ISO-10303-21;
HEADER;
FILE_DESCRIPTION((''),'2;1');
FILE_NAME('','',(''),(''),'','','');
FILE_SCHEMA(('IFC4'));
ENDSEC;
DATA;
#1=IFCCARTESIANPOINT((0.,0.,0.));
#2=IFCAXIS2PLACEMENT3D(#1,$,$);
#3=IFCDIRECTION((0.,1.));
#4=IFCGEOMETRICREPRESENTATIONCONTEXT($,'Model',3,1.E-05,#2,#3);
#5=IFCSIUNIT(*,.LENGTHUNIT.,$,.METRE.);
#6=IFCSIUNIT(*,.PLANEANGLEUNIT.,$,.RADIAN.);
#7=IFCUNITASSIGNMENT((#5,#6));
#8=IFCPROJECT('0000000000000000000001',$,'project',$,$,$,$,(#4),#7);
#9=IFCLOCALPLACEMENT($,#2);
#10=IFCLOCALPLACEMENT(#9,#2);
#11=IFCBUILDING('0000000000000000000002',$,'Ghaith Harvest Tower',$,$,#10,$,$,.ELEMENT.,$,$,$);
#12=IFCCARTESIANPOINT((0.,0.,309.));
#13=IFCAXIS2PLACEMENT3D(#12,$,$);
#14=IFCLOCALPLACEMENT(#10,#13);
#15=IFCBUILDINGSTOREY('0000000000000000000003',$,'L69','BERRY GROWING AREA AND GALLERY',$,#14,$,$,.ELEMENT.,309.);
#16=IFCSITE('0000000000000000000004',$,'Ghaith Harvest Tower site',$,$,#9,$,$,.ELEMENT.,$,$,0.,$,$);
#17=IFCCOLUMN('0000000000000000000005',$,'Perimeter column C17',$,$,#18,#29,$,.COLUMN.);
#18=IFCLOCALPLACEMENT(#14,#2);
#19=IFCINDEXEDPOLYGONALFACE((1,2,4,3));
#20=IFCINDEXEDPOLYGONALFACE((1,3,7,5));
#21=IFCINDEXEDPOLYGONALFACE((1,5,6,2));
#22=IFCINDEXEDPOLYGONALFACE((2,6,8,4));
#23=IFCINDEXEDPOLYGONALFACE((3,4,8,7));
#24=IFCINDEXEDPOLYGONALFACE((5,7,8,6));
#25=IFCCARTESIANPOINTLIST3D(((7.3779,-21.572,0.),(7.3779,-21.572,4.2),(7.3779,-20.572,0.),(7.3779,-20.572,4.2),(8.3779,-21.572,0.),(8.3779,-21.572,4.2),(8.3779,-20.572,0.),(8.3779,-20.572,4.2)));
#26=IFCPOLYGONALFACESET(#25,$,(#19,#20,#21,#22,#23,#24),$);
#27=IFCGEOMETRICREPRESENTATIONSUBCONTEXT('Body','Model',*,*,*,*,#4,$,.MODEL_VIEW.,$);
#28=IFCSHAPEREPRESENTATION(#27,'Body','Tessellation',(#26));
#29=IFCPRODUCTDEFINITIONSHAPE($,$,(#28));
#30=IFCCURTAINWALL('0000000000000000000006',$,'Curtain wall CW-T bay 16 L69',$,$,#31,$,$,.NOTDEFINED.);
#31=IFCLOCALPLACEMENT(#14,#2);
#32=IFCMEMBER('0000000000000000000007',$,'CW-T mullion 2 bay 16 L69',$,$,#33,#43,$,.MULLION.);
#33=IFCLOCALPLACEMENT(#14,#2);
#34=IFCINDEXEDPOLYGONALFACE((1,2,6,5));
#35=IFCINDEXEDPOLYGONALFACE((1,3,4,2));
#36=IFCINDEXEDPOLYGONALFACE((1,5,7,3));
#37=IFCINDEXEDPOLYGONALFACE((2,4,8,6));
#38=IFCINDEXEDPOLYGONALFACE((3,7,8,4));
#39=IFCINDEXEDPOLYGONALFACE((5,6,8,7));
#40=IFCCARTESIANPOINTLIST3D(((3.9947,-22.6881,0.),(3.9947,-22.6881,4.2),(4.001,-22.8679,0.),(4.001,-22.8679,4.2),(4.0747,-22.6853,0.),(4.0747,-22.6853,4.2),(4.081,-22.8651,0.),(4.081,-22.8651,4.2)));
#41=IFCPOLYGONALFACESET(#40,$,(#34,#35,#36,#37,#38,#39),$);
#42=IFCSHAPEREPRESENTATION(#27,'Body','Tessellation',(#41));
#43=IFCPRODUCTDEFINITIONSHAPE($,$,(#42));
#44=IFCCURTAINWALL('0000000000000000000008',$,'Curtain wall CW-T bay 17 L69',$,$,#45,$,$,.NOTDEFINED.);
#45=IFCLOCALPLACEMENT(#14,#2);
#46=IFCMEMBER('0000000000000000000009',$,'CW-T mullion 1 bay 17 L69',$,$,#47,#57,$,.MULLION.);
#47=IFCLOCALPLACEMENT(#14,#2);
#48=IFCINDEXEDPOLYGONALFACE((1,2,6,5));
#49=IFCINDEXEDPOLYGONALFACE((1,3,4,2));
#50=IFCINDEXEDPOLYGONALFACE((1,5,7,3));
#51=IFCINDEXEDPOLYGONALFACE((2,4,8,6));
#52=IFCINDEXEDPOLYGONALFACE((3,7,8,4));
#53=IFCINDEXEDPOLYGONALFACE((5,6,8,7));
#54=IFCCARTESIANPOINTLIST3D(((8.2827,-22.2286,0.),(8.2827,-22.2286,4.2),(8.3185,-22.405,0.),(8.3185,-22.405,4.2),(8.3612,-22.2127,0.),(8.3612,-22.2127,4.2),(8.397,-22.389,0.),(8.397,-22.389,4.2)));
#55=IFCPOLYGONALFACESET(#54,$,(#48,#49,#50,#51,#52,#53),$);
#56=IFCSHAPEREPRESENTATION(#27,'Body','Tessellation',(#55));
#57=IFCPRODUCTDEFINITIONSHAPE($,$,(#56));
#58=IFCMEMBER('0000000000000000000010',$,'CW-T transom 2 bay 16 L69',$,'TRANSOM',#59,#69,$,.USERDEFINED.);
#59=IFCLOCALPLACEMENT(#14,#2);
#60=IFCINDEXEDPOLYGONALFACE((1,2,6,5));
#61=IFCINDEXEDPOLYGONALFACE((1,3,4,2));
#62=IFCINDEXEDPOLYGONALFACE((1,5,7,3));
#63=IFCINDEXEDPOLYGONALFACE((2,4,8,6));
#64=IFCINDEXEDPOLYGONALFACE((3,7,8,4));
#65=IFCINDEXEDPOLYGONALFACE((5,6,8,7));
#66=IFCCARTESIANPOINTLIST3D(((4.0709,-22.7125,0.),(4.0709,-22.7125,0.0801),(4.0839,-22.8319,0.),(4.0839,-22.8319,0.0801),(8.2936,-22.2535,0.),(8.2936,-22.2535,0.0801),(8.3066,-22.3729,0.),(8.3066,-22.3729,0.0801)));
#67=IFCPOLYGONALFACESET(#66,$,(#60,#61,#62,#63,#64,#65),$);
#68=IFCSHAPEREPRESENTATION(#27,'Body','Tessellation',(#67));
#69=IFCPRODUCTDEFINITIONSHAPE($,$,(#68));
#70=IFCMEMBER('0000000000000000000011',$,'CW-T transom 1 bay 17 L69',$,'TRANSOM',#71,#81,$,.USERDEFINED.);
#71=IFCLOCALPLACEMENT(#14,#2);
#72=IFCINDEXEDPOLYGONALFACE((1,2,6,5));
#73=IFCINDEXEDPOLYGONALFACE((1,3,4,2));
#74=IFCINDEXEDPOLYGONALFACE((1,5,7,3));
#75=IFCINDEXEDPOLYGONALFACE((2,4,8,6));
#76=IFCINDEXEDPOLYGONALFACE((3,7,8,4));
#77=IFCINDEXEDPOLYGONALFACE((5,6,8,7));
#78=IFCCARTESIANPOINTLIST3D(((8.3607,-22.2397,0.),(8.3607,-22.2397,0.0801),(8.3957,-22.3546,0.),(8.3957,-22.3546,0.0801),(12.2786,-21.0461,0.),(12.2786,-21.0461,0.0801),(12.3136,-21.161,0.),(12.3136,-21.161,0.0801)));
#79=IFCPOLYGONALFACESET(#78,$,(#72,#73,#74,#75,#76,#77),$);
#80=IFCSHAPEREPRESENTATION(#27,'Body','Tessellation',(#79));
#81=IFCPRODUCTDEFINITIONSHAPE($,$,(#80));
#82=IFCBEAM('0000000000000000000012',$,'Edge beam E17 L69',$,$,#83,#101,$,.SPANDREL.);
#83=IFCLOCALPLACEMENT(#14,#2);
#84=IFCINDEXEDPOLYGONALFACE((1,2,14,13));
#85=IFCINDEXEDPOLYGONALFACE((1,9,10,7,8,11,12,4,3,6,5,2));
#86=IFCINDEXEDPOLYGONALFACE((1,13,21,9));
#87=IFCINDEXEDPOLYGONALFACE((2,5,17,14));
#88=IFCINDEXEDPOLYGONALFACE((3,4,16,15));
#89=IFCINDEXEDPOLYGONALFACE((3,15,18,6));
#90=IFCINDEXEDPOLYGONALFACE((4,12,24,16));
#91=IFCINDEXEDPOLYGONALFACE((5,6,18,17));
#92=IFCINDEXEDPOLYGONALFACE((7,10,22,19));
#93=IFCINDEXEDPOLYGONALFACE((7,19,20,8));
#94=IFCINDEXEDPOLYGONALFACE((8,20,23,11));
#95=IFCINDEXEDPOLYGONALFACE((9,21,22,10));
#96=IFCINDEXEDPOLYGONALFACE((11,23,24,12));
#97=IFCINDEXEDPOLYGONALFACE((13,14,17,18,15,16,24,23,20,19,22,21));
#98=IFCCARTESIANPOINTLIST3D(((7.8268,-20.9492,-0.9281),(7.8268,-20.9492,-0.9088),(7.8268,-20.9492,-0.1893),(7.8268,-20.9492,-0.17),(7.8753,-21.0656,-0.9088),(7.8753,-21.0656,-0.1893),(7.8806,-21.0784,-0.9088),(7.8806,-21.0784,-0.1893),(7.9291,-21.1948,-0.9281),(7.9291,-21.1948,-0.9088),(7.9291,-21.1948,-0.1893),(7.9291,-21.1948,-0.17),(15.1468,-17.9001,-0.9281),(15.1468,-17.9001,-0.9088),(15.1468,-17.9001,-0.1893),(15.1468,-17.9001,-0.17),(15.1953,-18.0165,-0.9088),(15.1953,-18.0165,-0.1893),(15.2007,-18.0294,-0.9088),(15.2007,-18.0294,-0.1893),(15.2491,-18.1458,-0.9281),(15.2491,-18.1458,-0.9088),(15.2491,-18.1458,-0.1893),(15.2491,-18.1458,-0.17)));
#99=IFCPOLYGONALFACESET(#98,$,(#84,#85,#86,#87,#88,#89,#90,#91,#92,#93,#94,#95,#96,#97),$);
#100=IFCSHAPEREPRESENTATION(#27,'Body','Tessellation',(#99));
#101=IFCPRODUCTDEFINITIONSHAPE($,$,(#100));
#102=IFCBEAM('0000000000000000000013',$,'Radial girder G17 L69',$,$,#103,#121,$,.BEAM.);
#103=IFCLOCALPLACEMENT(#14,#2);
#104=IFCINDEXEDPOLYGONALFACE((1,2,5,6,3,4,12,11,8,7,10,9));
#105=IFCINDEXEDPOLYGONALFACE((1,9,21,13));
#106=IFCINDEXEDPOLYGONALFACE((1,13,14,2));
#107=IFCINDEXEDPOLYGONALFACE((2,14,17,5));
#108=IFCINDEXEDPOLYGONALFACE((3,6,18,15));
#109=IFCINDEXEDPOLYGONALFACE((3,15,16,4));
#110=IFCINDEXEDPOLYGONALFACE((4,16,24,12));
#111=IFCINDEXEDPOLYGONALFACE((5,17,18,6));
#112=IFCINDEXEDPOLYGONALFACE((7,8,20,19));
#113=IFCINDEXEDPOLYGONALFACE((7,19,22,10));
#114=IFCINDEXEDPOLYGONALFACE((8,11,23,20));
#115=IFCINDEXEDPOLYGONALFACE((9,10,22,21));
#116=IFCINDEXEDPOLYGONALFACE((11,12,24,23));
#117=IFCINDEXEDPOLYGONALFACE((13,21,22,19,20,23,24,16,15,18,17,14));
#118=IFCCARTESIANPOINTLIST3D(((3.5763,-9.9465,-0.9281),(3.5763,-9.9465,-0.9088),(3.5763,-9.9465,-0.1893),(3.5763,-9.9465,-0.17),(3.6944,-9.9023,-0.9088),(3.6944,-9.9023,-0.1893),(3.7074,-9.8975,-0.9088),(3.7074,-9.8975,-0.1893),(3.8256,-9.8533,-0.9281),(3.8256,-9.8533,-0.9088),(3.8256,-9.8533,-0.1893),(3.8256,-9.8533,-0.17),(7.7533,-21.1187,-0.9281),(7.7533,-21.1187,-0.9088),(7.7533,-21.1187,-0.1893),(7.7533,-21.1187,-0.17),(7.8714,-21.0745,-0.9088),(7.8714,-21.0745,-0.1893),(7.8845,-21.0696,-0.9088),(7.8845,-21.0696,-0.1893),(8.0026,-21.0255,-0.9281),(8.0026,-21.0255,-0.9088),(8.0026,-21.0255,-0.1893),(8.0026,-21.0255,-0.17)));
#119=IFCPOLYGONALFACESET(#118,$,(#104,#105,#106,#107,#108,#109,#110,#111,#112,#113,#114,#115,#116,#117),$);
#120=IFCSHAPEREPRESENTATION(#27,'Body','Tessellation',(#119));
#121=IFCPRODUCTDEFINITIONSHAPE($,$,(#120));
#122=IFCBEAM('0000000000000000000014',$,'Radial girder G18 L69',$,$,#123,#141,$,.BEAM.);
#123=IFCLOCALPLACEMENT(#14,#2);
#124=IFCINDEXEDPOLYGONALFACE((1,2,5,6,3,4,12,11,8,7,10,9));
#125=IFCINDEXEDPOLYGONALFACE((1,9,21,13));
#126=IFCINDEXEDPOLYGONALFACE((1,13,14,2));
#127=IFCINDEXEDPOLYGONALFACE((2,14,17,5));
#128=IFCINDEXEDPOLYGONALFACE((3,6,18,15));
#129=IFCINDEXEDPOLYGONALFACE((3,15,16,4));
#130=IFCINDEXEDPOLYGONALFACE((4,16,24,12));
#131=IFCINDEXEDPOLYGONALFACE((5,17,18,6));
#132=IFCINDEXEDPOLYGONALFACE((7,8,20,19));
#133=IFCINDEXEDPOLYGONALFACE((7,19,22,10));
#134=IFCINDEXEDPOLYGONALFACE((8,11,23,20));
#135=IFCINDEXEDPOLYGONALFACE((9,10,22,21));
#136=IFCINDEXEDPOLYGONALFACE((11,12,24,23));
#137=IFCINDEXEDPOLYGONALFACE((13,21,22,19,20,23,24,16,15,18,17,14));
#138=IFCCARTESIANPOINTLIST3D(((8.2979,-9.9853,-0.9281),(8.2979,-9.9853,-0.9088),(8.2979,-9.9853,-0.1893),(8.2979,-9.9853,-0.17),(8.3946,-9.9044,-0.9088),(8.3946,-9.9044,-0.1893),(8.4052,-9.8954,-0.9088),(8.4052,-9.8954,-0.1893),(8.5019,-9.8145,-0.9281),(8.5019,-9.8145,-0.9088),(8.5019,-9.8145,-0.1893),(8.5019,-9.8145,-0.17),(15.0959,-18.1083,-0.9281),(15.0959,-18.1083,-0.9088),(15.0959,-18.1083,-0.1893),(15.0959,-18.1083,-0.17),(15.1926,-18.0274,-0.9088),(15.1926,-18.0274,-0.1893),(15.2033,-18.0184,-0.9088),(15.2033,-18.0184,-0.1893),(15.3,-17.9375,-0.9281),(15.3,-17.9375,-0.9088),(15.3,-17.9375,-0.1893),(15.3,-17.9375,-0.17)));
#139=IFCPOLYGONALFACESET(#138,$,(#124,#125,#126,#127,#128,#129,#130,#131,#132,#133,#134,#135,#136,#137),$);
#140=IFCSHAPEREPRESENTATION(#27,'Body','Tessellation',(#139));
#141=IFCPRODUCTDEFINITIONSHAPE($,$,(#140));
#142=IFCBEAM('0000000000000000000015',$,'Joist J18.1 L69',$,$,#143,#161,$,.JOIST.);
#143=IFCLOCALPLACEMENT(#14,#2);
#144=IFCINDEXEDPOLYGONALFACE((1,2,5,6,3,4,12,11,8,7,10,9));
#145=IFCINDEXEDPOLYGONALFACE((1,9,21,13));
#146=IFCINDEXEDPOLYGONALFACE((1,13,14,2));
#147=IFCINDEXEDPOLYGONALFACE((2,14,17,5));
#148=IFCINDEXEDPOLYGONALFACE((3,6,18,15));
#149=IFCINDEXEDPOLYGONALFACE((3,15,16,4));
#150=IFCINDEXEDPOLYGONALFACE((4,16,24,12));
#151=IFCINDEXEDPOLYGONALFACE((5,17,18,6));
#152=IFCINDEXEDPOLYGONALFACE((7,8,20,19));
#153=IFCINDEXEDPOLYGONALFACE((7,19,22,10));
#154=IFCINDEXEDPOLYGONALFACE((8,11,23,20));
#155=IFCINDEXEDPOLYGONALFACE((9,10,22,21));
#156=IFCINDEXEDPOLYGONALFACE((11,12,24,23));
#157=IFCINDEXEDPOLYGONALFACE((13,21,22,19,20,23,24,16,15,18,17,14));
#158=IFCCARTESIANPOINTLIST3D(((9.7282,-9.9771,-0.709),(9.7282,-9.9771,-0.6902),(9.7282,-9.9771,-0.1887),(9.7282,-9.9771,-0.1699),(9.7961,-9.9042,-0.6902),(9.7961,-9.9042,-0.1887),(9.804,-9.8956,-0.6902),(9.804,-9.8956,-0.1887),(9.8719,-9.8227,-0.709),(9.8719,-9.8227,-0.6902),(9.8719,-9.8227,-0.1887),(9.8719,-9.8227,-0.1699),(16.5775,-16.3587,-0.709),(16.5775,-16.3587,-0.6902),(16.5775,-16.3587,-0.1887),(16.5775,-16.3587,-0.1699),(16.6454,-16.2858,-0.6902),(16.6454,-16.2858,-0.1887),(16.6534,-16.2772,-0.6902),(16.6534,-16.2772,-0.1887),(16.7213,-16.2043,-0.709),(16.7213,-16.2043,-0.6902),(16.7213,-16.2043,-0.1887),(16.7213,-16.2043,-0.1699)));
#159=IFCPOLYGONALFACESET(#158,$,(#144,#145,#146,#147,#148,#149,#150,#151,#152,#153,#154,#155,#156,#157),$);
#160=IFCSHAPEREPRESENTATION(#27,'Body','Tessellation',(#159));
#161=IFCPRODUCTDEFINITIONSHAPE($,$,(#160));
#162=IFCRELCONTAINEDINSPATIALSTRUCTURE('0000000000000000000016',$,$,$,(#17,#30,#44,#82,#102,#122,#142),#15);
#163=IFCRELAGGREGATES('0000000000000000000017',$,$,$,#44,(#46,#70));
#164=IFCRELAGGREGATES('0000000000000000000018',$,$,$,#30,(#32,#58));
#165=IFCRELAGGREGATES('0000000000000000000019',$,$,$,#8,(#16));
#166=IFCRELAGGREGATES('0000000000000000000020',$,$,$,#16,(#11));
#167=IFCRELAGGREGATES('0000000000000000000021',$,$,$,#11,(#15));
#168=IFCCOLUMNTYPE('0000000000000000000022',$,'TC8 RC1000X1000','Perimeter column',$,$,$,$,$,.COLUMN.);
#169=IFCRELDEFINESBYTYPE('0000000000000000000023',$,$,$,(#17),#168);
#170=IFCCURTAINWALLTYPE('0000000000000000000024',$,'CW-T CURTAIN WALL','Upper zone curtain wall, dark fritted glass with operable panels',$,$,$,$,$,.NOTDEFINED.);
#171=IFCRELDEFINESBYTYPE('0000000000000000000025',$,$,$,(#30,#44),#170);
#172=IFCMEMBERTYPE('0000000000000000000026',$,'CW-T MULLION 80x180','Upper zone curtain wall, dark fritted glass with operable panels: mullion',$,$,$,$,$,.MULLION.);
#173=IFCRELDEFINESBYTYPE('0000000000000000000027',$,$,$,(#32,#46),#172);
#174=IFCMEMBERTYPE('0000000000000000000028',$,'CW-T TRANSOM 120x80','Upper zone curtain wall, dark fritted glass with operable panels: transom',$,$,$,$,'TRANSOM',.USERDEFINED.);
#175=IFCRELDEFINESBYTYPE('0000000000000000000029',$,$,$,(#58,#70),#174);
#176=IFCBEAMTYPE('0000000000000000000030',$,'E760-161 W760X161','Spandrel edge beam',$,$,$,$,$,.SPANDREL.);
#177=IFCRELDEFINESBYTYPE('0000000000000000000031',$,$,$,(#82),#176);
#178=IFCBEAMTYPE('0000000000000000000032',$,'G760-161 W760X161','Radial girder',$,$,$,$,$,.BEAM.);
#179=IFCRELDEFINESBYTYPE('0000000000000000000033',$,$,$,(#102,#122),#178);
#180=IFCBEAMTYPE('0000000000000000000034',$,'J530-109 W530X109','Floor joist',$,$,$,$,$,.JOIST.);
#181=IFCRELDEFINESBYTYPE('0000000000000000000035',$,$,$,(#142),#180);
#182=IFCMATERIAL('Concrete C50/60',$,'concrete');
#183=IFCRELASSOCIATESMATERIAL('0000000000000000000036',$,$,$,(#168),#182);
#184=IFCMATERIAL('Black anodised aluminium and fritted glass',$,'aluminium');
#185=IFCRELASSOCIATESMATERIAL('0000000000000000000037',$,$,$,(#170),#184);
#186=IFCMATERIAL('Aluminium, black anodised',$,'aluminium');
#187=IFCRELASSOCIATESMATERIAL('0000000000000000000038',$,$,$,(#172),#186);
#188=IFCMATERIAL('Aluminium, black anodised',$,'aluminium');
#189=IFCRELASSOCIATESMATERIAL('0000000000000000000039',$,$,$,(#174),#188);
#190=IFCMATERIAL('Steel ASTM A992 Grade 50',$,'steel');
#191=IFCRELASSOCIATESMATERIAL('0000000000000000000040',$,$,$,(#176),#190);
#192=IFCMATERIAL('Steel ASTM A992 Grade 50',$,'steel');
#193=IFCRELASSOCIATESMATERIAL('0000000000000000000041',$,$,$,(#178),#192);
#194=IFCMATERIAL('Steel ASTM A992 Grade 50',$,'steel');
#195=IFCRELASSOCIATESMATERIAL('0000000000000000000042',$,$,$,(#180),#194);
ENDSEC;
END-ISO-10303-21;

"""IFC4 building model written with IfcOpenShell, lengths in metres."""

from ifc_helpers import new_model, si_unit, direction, frame, origin, origin_2d, place, context, subcontext, project, spatial, rectangle, i_section, extrude, material, material_profile, profile_set, type_object, element, aggregate, save


model = new_model("IFC4")

# Units and contexts
model_context = context("Model", 3, precision=1e-05, world=origin(), true_north=direction((0.0, 1.0)))
body_context = subcontext(model_context, "Body", "Model", "MODEL_VIEW")
ifc_project = project(units=[si_unit("LENGTHUNIT", "METRE"), si_unit("PLANEANGLEUNIT", "RADIAN")], contexts=[model_context])

# Site, building, storey
site_placement = place(None, origin())
site = spatial("IfcSite", under=ifc_project, at=site_placement, Name="Ghaith Harvest Tower site", CompositionType="ELEMENT", RefElevation=0.0)
building_placement = place(site_placement, origin())
building = spatial("IfcBuilding", under=site, at=building_placement, Name="Ghaith Harvest Tower", CompositionType="ELEMENT")
storey_placement = place(building_placement, frame((0.0, 0.0, 309.0)))
storey = spatial("IfcBuildingStorey", under=building, at=storey_placement, Name="L69", Description="BERRY GROWING AREA AND GALLERY", CompositionType="ELEMENT", Elevation=309.0)

# Column
ifc_material_1 = material(Name="Concrete C50/60", Category="concrete")
ifc_material_profile_1 = material_profile(ifc_material_1, rectangle(XDim=1.0, YDim=1.0, at=origin_2d()), Name="RC1000X1000")
ifc_profile_set_1 = profile_set([ifc_material_profile_1], Name="Concrete C50/60")
column_type = type_object("IfcColumnType", Name="TC8 RC1000X1000", Description="Perimeter column", PredefinedType="COLUMN", material=ifc_profile_set_1)
column_placement = place(storey_placement, frame((7.8779, -21.072, 0.0), z_axis=(0.0, 0.0, 1.0), x_axis=(1.0, 0.0, 0.0)))
element("IfcColumn", 1, at=column_placement, inside=storey, type_object=column_type, Name="Perimeter column C17", PredefinedType="COLUMN", context=body_context, shape_type="SweptSolid", body=[
    extrude(rectangle(XDim=1.0, YDim=1.0, at=origin_2d()), origin(), (0.0, 0.0, 1.0), 4.2),
])

# Curtain walls, members
ifc_material_2 = material(Name="Black anodised aluminium and fritted glass", Category="aluminium")
curtain_wall_type = type_object("IfcCurtainWallType", Name="CW-T CURTAIN WALL", Description="Upper zone curtain wall, dark fritted glass with operable panels", PredefinedType="NOTDEFINED", material=ifc_material_2)
curtain_wall_1_placement = place(storey_placement, origin())
curtain_wall_1 = element("IfcCurtainWall", 2, at=curtain_wall_1_placement, inside=storey, type_object=curtain_wall_type, Name="Curtain wall CW-T bay 16 L69", PredefinedType="NOTDEFINED")
ifc_material_3 = material(Name="Aluminium, black anodised", Category="aluminium")
ifc_material_profile_2 = material_profile(ifc_material_3, rectangle(XDim=0.0801, YDim=0.1799, at=origin_2d()), Name="CW-T MULLION 80x180")
ifc_profile_set_2 = profile_set([ifc_material_profile_2], Name="Aluminium, black anodised")
member_type_1 = type_object("IfcMemberType", Name="CW-T MULLION 80x180", Description="Upper zone curtain wall, dark fritted glass with operable panels: mullion", PredefinedType="MULLION", material=ifc_profile_set_2)
member_1_placement = place(storey_placement, frame((4.0378, -22.7766, 0.0), z_axis=(0.0, 0.0, 1.0), x_axis=(0.999389, 0.034962, 0.0)))
member_1 = element("IfcMember", 3, at=member_1_placement, type_object=member_type_1, Name="CW-T mullion 2 bay 16 L69", PredefinedType="MULLION", context=body_context, shape_type="SweptSolid", body=[
    extrude(rectangle(XDim=0.0801, YDim=0.1799, at=origin_2d()), origin(), (0.0, 0.0, 1.0), 4.2),
])
curtain_wall_2_placement = place(storey_placement, origin())
curtain_wall_2 = element("IfcCurtainWall", 4, at=curtain_wall_2_placement, inside=storey, type_object=curtain_wall_type, Name="Curtain wall CW-T bay 17 L69", PredefinedType="NOTDEFINED")
member_2_placement = place(storey_placement, frame((8.3398, -22.3088, 0.0), z_axis=(0.0, 0.0, 1.0), x_axis=(0.98, 0.198997, 0.0)))
member_2 = element("IfcMember", 5, at=member_2_placement, type_object=member_type_1, Name="CW-T mullion 1 bay 17 L69", PredefinedType="MULLION", context=body_context, shape_type="SweptSolid", body=[
    extrude(rectangle(XDim=0.0801, YDim=0.1799, at=origin_2d()), origin(), (0.0, 0.0, 1.0), 4.2),
])

# Members
ifc_material_4 = material(Name="Aluminium, black anodised", Category="aluminium")
ifc_material_profile_3 = material_profile(ifc_material_4, rectangle(XDim=0.1201, YDim=0.0801, at=origin_2d()), Name="CW-T TRANSOM 120x80")
ifc_profile_set_3 = profile_set([ifc_material_profile_3], Name="Aluminium, black anodised")
member_type_2 = type_object("IfcMemberType", Name="CW-T TRANSOM 120x80", Description="Upper zone curtain wall, dark fritted glass with operable panels: transom", ElementType="TRANSOM", PredefinedType="USERDEFINED", material=ifc_profile_set_3)
member_3_placement = place(storey_placement, frame((4.0774, -22.7722, 0.04), z_axis=(0.994144, 0.108059, 0.0), x_axis=(-0.108059, 0.994144, 0.0)))
member_3 = element("IfcMember", 6, at=member_3_placement, type_object=member_type_2, Name="CW-T transom 2 bay 16 L69", ObjectType="TRANSOM", PredefinedType="USERDEFINED", context=body_context, shape_type="SweptSolid", body=[
    extrude(rectangle(XDim=0.1201, YDim=0.0801, at=origin_2d()), origin(), (0.0, 0.0, 1.0), 4.2476),
])
member_4_placement = place(storey_placement, frame((8.3782, -22.2971, 0.04), z_axis=(0.956594, 0.291425, 0.0), x_axis=(-0.291425, 0.956594, 0.0)))
member_4 = element("IfcMember", 7, at=member_4_placement, type_object=member_type_2, Name="CW-T transom 1 bay 17 L69", ObjectType="TRANSOM", PredefinedType="USERDEFINED", context=body_context, shape_type="SweptSolid", body=[
    extrude(rectangle(XDim=0.1201, YDim=0.0801, at=origin_2d()), origin(), (0.0, 0.0, 1.0), 4.0957),
])
aggregate(curtain_wall_2, [member_2, member_4])

# Beams
ifc_material_5 = material(Name="Steel ASTM A992 Grade 50", Category="steel")
ifc_material_profile_4 = material_profile(ifc_material_5, i_section(OverallWidth=0.2661, OverallDepth=0.7581, WebThickness=0.0139, FlangeThickness=0.0193, at=origin_2d()), Name="W760X161")
ifc_profile_set_4 = profile_set([ifc_material_profile_4], Name="Steel ASTM A992 Grade 50")
beam_type_1 = type_object("IfcBeamType", Name="E760-161 W760X161", Description="Spandrel edge beam", PredefinedType="SPANDREL", material=ifc_profile_set_4)
beam_1_placement = place(storey_placement, frame((7.8779, -21.072, -0.5491), z_axis=(0.92312, 0.384513, 0.0), x_axis=(-0.384513, 0.92312, 0.0)))
element("IfcBeam", 8, at=beam_1_placement, inside=storey, type_object=beam_type_1, Name="Edge beam E17 L69", PredefinedType="SPANDREL", context=body_context, shape_type="SweptSolid", body=[
    extrude(i_section(OverallWidth=0.2661, OverallDepth=0.7581, WebThickness=0.0139, FlangeThickness=0.0193, at=origin_2d()), origin(), (0.0, 0.0, 1.0), 7.9297),
])
ifc_material_6 = material(Name="Steel ASTM A992 Grade 50", Category="steel")
ifc_material_profile_5 = material_profile(ifc_material_6, i_section(OverallWidth=0.2661, OverallDepth=0.7581, WebThickness=0.0139, FlangeThickness=0.0193, at=origin_2d()), Name="W760X161")
ifc_profile_set_5 = profile_set([ifc_material_profile_5], Name="Steel ASTM A992 Grade 50")
beam_type_2 = type_object("IfcBeamType", Name="G760-161 W760X161", Description="Radial girder", PredefinedType="BEAM", material=ifc_profile_set_5)
beam_2_placement = place(storey_placement, frame((3.7009, -9.8999, -0.5491), z_axis=(0.350201, -0.936674, 0.0), x_axis=(0.936674, 0.350201, 0.0)))
element("IfcBeam", 9, at=beam_2_placement, inside=storey, type_object=beam_type_2, Name="Radial girder G17 L69", PredefinedType="BEAM", context=body_context, shape_type="SweptSolid", body=[
    extrude(i_section(OverallWidth=0.2661, OverallDepth=0.7581, WebThickness=0.0139, FlangeThickness=0.0193, at=origin_2d()), origin(), (0.0, 0.0, 1.0), 11.9275),
])
beam_3_placement = place(storey_placement, frame((8.3999, -9.8999, -0.5491), z_axis=(0.641793, -0.766878, 0.0), x_axis=(0.766878, 0.641793, 0.0)))
element("IfcBeam", 10, at=beam_3_placement, inside=storey, type_object=beam_type_2, Name="Radial girder G18 L69", PredefinedType="BEAM", context=body_context, shape_type="SweptSolid", body=[
    extrude(i_section(OverallWidth=0.2661, OverallDepth=0.7581, WebThickness=0.0139, FlangeThickness=0.0193, at=origin_2d()), origin(), (0.0, 0.0, 1.0), 10.5923),
])
ifc_material_7 = material(Name="Steel ASTM A992 Grade 50", Category="steel")
ifc_material_profile_6 = material_profile(ifc_material_7, i_section(OverallWidth=0.2109, OverallDepth=0.5391, WebThickness=0.0117, FlangeThickness=0.0188, at=origin_2d()), Name="W530X109")
ifc_profile_set_6 = profile_set([ifc_material_profile_6], Name="Steel ASTM A992 Grade 50")
beam_type_3 = type_object("IfcBeamType", Name="J530-109 W530X109", Description="Floor joist", PredefinedType="JOIST", material=ifc_profile_set_6)
beam_4_placement = place(storey_placement, frame((9.8, -9.8999, -0.4395), z_axis=(0.731649, -0.681682, 0.0), x_axis=(0.681682, 0.731649, 0.0)))
element("IfcBeam", 11, at=beam_4_placement, inside=storey, type_object=beam_type_3, Name="Joist J18.1 L69", PredefinedType="JOIST", context=body_context, shape_type="SweptSolid", body=[
    extrude(i_section(OverallWidth=0.2109, OverallDepth=0.5391, WebThickness=0.0117, FlangeThickness=0.0188, at=origin_2d()), origin(), (0.0, 0.0, 1.0), 9.3616),
])

aggregate(curtain_wall_1, [member_1, member_3])

save(model, "model.ifc")
